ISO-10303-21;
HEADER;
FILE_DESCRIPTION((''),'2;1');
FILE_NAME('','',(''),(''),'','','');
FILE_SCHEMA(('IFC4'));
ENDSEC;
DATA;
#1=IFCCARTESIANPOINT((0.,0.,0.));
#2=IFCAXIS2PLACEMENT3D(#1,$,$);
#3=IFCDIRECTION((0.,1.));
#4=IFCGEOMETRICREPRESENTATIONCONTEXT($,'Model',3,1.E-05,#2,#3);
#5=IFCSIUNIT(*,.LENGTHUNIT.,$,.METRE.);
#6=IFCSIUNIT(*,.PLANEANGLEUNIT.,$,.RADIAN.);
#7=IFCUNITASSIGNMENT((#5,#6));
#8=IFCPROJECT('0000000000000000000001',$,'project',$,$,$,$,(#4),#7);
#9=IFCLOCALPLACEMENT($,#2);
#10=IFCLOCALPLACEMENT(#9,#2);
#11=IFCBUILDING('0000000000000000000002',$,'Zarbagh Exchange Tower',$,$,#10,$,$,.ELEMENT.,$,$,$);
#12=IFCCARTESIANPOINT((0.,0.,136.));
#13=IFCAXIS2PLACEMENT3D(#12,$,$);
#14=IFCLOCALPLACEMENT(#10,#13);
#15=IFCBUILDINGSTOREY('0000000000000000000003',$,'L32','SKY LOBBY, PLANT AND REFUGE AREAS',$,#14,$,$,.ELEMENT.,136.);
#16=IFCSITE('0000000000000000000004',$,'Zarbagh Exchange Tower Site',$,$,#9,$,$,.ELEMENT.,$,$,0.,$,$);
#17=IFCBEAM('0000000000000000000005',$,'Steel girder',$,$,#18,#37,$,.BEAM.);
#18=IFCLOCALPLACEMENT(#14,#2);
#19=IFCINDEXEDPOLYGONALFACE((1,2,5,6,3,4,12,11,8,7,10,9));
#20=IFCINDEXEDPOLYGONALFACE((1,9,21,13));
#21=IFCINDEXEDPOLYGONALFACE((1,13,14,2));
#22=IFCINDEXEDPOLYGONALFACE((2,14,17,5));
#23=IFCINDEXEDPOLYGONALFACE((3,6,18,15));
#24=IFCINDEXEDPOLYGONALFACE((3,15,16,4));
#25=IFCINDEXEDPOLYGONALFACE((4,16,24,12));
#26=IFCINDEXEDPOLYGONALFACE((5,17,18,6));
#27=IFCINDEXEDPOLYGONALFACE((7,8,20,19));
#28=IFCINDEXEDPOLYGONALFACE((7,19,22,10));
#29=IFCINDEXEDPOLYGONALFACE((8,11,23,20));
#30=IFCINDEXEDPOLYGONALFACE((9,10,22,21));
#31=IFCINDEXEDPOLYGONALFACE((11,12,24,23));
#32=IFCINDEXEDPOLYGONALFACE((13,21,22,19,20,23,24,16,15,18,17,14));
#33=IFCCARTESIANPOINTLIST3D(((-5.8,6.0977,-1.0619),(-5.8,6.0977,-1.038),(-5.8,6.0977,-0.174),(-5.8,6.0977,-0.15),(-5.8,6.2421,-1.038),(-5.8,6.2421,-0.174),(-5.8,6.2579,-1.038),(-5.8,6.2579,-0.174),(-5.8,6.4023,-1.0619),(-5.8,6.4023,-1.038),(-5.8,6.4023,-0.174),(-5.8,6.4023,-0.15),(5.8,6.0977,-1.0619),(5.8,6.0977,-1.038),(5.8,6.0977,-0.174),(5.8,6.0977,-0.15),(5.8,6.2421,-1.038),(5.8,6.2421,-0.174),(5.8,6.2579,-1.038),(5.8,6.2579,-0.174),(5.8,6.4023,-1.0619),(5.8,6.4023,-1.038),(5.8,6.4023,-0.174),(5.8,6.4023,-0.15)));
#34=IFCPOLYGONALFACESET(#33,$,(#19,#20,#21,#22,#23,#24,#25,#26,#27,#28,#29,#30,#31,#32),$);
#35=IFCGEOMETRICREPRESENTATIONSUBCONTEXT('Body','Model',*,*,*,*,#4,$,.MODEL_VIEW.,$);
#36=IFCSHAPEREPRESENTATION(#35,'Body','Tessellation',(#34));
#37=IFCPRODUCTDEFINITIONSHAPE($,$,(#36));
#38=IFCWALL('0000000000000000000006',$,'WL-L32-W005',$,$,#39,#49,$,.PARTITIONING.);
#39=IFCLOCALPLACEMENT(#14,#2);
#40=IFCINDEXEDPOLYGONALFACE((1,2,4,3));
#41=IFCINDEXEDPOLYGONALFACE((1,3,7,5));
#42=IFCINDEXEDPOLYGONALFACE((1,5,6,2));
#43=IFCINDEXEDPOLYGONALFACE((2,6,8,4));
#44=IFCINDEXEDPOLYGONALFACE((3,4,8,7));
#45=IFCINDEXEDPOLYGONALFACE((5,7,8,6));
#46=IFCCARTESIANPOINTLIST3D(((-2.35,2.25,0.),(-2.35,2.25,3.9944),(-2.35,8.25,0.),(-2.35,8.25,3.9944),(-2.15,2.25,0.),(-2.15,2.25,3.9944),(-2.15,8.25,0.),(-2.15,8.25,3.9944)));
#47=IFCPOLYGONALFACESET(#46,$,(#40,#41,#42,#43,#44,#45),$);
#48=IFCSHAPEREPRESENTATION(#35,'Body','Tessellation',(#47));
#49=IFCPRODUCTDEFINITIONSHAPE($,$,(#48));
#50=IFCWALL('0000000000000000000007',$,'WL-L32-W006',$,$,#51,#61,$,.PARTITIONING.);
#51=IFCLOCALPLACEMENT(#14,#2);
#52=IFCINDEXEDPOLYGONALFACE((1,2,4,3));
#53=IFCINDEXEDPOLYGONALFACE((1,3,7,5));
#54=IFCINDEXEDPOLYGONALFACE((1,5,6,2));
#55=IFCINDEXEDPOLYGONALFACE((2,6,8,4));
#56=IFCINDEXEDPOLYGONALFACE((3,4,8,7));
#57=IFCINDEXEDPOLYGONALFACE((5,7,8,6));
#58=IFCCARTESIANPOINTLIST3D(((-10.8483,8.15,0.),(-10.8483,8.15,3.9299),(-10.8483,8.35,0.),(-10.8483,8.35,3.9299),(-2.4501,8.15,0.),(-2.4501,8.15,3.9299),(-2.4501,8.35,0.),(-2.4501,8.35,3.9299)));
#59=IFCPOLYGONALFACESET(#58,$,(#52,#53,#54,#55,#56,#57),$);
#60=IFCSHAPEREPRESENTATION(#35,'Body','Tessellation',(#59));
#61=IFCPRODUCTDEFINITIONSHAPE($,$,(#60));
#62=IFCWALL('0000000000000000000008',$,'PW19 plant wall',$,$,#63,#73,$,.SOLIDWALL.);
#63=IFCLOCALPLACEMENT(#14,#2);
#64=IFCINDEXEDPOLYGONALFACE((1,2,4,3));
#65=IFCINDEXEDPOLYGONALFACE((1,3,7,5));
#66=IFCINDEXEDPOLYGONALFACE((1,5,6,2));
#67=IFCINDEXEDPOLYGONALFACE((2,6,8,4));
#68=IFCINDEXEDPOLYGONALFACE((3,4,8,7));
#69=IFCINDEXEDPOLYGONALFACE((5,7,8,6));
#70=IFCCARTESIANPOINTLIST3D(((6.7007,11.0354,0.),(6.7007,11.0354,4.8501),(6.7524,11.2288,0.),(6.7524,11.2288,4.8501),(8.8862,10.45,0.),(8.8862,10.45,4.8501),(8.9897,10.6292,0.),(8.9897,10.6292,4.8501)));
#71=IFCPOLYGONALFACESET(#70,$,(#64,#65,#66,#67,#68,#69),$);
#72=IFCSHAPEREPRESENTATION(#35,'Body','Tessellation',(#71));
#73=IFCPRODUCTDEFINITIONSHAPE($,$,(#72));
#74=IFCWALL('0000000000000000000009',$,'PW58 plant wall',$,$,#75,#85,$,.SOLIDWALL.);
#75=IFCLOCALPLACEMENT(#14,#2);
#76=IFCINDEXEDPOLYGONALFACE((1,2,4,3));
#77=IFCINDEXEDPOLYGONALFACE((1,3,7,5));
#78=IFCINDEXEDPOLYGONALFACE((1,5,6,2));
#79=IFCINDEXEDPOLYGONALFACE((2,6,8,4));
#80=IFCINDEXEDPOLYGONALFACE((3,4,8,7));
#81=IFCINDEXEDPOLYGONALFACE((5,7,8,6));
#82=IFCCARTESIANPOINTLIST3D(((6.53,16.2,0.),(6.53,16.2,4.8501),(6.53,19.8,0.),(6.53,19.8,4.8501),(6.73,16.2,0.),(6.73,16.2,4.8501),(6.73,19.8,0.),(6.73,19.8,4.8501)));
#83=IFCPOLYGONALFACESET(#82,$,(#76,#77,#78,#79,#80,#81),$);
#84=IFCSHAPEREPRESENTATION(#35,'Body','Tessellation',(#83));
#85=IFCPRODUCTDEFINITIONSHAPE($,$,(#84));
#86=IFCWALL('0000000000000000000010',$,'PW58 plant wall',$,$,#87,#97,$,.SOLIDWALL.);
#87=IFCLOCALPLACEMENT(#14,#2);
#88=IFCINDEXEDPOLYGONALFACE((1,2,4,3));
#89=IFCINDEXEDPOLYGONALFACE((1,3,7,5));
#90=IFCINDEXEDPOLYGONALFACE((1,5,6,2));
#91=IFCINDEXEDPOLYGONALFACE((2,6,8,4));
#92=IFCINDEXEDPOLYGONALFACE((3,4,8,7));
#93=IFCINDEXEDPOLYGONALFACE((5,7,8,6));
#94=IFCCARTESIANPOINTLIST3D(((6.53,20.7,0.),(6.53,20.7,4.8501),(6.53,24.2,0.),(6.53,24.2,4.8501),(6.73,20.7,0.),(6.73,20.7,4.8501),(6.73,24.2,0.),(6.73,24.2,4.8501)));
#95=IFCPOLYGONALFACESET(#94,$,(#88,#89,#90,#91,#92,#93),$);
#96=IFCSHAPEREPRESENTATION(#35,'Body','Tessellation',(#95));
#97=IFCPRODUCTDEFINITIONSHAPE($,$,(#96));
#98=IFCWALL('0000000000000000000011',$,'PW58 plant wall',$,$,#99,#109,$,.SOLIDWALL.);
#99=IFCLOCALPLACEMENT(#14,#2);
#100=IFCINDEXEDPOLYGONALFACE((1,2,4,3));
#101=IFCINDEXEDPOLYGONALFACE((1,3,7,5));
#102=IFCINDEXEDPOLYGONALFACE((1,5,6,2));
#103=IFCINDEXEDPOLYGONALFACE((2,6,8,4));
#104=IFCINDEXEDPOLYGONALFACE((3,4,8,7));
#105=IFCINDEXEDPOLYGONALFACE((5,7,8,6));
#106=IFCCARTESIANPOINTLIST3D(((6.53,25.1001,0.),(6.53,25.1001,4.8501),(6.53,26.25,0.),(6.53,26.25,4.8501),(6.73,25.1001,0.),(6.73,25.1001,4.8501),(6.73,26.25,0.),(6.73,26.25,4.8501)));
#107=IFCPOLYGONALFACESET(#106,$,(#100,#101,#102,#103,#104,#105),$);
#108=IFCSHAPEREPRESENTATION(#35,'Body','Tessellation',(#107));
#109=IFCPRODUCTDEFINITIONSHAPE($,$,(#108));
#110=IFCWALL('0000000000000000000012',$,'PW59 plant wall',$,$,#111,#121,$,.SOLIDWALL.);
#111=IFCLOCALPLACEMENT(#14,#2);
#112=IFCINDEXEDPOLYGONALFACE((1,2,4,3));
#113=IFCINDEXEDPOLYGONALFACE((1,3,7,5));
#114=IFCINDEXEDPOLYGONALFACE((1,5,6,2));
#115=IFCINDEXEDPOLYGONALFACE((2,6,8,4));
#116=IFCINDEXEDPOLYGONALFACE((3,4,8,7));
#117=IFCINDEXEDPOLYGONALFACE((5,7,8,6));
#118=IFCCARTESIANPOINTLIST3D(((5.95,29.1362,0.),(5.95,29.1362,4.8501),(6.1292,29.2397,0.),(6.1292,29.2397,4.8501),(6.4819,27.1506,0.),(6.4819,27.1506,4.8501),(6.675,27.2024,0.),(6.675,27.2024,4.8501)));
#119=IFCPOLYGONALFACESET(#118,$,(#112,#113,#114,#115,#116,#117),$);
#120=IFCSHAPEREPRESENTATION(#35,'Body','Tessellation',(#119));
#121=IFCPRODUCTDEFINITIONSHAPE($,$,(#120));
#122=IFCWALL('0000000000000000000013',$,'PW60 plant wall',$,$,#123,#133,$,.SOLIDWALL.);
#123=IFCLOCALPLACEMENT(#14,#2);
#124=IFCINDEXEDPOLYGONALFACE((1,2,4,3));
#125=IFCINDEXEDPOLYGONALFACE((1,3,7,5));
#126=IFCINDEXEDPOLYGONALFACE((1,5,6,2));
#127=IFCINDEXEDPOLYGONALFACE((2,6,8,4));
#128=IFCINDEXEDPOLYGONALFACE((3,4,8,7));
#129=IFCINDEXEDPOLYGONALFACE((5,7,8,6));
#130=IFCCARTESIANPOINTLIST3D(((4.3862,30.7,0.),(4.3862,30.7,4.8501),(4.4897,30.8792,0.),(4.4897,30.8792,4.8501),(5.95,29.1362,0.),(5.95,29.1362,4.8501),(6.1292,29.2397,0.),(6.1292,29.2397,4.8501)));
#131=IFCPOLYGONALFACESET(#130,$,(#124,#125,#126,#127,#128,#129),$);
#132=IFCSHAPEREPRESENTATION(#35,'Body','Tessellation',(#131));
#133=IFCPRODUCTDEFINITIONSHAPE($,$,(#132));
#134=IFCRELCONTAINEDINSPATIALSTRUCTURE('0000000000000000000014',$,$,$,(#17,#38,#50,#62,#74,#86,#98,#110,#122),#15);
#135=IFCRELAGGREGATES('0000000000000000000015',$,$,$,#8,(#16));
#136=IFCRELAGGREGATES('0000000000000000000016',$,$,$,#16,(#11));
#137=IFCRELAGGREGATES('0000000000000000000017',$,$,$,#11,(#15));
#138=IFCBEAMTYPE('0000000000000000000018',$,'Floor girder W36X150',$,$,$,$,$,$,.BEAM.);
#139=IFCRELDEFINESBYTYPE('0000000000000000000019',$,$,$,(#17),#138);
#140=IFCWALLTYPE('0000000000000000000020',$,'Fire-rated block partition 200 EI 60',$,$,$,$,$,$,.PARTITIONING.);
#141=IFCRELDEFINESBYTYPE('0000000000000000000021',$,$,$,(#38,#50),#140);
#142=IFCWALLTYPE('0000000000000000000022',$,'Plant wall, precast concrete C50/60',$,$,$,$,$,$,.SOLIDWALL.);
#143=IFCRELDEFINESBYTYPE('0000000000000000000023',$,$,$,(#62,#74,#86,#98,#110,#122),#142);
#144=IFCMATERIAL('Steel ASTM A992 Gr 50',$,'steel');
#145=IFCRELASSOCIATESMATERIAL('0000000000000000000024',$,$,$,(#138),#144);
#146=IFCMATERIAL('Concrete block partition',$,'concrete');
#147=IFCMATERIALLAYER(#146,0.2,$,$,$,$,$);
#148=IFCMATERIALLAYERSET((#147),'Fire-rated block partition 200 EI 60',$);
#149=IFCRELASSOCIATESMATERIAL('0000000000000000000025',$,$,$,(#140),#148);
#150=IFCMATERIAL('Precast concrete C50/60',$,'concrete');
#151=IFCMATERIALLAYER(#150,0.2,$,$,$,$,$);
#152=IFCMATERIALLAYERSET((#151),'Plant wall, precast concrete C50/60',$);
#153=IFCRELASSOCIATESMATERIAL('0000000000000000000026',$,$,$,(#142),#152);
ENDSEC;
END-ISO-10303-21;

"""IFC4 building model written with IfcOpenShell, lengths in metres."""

from ifc_helpers import new_model, si_unit, direction, frame, frame_2d, origin, origin_2d, place, context, subcontext, project, spatial, polyline, rectangle, i_section, outline, extrude, material, layer, layer_set, material_profile, profile_set, type_object, element, save


model = new_model("IFC4")

# Units and contexts
model_context = context("Model", 3, precision=1e-05, world=origin(), true_north=direction((0.0, 1.0)))
body_context = subcontext(model_context, "Body", "Model", "MODEL_VIEW")
ifc_project = project(units=[si_unit("LENGTHUNIT", "METRE"), si_unit("PLANEANGLEUNIT", "RADIAN")], contexts=[model_context])

# Site, building, storey
site_placement = place(None, origin())
site = spatial("IfcSite", under=ifc_project, at=site_placement, Name="Zarbagh Exchange Tower Site", CompositionType="ELEMENT", RefElevation=0.0)
building_placement = place(site_placement, origin())
building = spatial("IfcBuilding", under=site, at=building_placement, Name="Zarbagh Exchange Tower", CompositionType="ELEMENT")
storey_placement = place(building_placement, frame((0.0, 0.0, 136.0)))
storey = spatial("IfcBuildingStorey", under=building, at=storey_placement, Name="L32", Description="SKY LOBBY, PLANT AND REFUGE AREAS", CompositionType="ELEMENT", Elevation=136.0)

# Beam
ifc_material_1 = material(Name="Steel ASTM A992 Gr 50", Category="steel")
ifc_material_profile = material_profile(ifc_material_1, i_section(OverallWidth=0.3047, OverallDepth=0.9119, WebThickness=0.0159, FlangeThickness=0.0239, at=origin_2d()), Name="W36X150")
ifc_profile_set = profile_set([ifc_material_profile], Name="Steel ASTM A992 Gr 50")
beam_type = type_object("IfcBeamType", Name="Floor girder W36X150", PredefinedType="BEAM", material=ifc_profile_set)
beam_placement = place(storey_placement, frame((-5.8, 6.25, -0.606), z_axis=(1.0, 0.0, 0.0), x_axis=(0.0, 1.0, 0.0)))
element("IfcBeam", 1, at=beam_placement, inside=storey, type_object=beam_type, Name="Steel girder", PredefinedType="BEAM", context=body_context, shape_type="SweptSolid", body=[
    extrude(i_section(OverallWidth=0.3047, OverallDepth=0.9119, WebThickness=0.0159, FlangeThickness=0.0239, at=origin_2d()), origin(), (0.0, 0.0, 1.0), 11.6001),
])

# Walls
ifc_material_2 = material(Name="Concrete block partition", Category="concrete")
ifc_layer_1 = layer(ifc_material_2, 0.2)
ifc_layer_set_1 = layer_set([ifc_layer_1], Name="Fire-rated block partition 200 EI 60")
wall_type_1 = type_object("IfcWallType", Name="Fire-rated block partition 200 EI 60", PredefinedType="PARTITIONING", material=ifc_layer_set_1)
wall_1_placement = place(storey_placement, frame((-2.25, 2.25, 0.0), z_axis=(0.0, 0.0, 1.0), x_axis=(0.0, 1.0, 0.0)))
element("IfcWall", 2, at=wall_1_placement, inside=storey, type_object=wall_type_1, Name="WL-L32-W005", PredefinedType="PARTITIONING", context=body_context, shape_type="SweptSolid", body=[
    extrude(rectangle(XDim=6.0, YDim=0.2, at=frame_2d((3.0, 0.0))), origin(), (0.0, 0.0, 1.0), 3.9944),
])
wall_2_placement = place(storey_placement, frame((-2.45, 8.25, 0.0), z_axis=(0.0, 0.0, 1.0), x_axis=(-1.0, 0.0, 0.0)))
element("IfcWall", 3, at=wall_2_placement, inside=storey, type_object=wall_type_1, Name="WL-L32-W006", PredefinedType="PARTITIONING", context=body_context, shape_type="SweptSolid", body=[
    extrude(rectangle(XDim=8.3982, YDim=0.2, at=frame_2d((4.1992, 0.0))), origin(), (0.0, 0.0, 1.0), 3.9299),
])
ifc_material_3 = material(Name="Precast concrete C50/60", Category="concrete")
ifc_layer_2 = layer(ifc_material_3, 0.2)
ifc_layer_set_2 = layer_set([ifc_layer_2], Name="Plant wall, precast concrete C50/60")
wall_type_2 = type_object("IfcWallType", Name="Plant wall, precast concrete C50/60", PredefinedType="SOLIDWALL", material=ifc_layer_set_2)
wall_3_placement = place(storey_placement, origin())
element("IfcWall", 4, at=wall_3_placement, inside=storey, type_object=wall_type_2, Name="PW19 plant wall", PredefinedType="SOLIDWALL", context=body_context, shape_type="SweptSolid", body=[
    extrude(outline(polyline([(8.9897, 10.6292), (6.7524, 11.2288), (6.7007, 11.0354), (8.8862, 10.45), (8.9897, 10.6292)])), origin(), (0.0, 0.0, 1.0), 4.8501),
])
wall_4_placement = place(storey_placement, origin())
element("IfcWall", 5, at=wall_4_placement, inside=storey, type_object=wall_type_2, Name="PW58 plant wall", PredefinedType="SOLIDWALL", context=body_context, shape_type="SweptSolid", body=[
    extrude(outline(polyline([(6.73, 16.2), (6.73, 19.8), (6.53, 19.8), (6.53, 16.2), (6.73, 16.2)])), origin(), (0.0, 0.0, 1.0), 4.8501),
])
wall_5_placement = place(storey_placement, origin())
element("IfcWall", 6, at=wall_5_placement, inside=storey, type_object=wall_type_2, Name="PW58 plant wall", PredefinedType="SOLIDWALL", context=body_context, shape_type="SweptSolid", body=[
    extrude(outline(polyline([(6.73, 20.7), (6.73, 24.2), (6.53, 24.2), (6.53, 20.7), (6.73, 20.7)])), origin(), (0.0, 0.0, 1.0), 4.8501),
])
wall_6_placement = place(storey_placement, origin())
element("IfcWall", 7, at=wall_6_placement, inside=storey, type_object=wall_type_2, Name="PW58 plant wall", PredefinedType="SOLIDWALL", context=body_context, shape_type="SweptSolid", body=[
    extrude(outline(polyline([(6.73, 25.1001), (6.73, 26.25), (6.53, 26.25), (6.53, 25.1001), (6.73, 25.1001)])), origin(), (0.0, 0.0, 1.0), 4.8501),
])
wall_7_placement = place(storey_placement, origin())
element("IfcWall", 8, at=wall_7_placement, inside=storey, type_object=wall_type_2, Name="PW59 plant wall", PredefinedType="SOLIDWALL", context=body_context, shape_type="SweptSolid", body=[
    extrude(outline(polyline([(6.675, 27.2024), (6.1292, 29.2397), (5.95, 29.1362), (6.4819, 27.1506), (6.675, 27.2024)])), origin(), (0.0, 0.0, 1.0), 4.8501),
])
wall_8_placement = place(storey_placement, origin())
element("IfcWall", 9, at=wall_8_placement, inside=storey, type_object=wall_type_2, Name="PW60 plant wall", PredefinedType="SOLIDWALL", context=body_context, shape_type="SweptSolid", body=[
    extrude(outline(polyline([(6.1292, 29.2397), (4.4897, 30.8792), (4.3862, 30.7), (5.95, 29.1362), (6.1292, 29.2397)])), origin(), (0.0, 0.0, 1.0), 4.8501),
])

save(model, "model.ifc")
